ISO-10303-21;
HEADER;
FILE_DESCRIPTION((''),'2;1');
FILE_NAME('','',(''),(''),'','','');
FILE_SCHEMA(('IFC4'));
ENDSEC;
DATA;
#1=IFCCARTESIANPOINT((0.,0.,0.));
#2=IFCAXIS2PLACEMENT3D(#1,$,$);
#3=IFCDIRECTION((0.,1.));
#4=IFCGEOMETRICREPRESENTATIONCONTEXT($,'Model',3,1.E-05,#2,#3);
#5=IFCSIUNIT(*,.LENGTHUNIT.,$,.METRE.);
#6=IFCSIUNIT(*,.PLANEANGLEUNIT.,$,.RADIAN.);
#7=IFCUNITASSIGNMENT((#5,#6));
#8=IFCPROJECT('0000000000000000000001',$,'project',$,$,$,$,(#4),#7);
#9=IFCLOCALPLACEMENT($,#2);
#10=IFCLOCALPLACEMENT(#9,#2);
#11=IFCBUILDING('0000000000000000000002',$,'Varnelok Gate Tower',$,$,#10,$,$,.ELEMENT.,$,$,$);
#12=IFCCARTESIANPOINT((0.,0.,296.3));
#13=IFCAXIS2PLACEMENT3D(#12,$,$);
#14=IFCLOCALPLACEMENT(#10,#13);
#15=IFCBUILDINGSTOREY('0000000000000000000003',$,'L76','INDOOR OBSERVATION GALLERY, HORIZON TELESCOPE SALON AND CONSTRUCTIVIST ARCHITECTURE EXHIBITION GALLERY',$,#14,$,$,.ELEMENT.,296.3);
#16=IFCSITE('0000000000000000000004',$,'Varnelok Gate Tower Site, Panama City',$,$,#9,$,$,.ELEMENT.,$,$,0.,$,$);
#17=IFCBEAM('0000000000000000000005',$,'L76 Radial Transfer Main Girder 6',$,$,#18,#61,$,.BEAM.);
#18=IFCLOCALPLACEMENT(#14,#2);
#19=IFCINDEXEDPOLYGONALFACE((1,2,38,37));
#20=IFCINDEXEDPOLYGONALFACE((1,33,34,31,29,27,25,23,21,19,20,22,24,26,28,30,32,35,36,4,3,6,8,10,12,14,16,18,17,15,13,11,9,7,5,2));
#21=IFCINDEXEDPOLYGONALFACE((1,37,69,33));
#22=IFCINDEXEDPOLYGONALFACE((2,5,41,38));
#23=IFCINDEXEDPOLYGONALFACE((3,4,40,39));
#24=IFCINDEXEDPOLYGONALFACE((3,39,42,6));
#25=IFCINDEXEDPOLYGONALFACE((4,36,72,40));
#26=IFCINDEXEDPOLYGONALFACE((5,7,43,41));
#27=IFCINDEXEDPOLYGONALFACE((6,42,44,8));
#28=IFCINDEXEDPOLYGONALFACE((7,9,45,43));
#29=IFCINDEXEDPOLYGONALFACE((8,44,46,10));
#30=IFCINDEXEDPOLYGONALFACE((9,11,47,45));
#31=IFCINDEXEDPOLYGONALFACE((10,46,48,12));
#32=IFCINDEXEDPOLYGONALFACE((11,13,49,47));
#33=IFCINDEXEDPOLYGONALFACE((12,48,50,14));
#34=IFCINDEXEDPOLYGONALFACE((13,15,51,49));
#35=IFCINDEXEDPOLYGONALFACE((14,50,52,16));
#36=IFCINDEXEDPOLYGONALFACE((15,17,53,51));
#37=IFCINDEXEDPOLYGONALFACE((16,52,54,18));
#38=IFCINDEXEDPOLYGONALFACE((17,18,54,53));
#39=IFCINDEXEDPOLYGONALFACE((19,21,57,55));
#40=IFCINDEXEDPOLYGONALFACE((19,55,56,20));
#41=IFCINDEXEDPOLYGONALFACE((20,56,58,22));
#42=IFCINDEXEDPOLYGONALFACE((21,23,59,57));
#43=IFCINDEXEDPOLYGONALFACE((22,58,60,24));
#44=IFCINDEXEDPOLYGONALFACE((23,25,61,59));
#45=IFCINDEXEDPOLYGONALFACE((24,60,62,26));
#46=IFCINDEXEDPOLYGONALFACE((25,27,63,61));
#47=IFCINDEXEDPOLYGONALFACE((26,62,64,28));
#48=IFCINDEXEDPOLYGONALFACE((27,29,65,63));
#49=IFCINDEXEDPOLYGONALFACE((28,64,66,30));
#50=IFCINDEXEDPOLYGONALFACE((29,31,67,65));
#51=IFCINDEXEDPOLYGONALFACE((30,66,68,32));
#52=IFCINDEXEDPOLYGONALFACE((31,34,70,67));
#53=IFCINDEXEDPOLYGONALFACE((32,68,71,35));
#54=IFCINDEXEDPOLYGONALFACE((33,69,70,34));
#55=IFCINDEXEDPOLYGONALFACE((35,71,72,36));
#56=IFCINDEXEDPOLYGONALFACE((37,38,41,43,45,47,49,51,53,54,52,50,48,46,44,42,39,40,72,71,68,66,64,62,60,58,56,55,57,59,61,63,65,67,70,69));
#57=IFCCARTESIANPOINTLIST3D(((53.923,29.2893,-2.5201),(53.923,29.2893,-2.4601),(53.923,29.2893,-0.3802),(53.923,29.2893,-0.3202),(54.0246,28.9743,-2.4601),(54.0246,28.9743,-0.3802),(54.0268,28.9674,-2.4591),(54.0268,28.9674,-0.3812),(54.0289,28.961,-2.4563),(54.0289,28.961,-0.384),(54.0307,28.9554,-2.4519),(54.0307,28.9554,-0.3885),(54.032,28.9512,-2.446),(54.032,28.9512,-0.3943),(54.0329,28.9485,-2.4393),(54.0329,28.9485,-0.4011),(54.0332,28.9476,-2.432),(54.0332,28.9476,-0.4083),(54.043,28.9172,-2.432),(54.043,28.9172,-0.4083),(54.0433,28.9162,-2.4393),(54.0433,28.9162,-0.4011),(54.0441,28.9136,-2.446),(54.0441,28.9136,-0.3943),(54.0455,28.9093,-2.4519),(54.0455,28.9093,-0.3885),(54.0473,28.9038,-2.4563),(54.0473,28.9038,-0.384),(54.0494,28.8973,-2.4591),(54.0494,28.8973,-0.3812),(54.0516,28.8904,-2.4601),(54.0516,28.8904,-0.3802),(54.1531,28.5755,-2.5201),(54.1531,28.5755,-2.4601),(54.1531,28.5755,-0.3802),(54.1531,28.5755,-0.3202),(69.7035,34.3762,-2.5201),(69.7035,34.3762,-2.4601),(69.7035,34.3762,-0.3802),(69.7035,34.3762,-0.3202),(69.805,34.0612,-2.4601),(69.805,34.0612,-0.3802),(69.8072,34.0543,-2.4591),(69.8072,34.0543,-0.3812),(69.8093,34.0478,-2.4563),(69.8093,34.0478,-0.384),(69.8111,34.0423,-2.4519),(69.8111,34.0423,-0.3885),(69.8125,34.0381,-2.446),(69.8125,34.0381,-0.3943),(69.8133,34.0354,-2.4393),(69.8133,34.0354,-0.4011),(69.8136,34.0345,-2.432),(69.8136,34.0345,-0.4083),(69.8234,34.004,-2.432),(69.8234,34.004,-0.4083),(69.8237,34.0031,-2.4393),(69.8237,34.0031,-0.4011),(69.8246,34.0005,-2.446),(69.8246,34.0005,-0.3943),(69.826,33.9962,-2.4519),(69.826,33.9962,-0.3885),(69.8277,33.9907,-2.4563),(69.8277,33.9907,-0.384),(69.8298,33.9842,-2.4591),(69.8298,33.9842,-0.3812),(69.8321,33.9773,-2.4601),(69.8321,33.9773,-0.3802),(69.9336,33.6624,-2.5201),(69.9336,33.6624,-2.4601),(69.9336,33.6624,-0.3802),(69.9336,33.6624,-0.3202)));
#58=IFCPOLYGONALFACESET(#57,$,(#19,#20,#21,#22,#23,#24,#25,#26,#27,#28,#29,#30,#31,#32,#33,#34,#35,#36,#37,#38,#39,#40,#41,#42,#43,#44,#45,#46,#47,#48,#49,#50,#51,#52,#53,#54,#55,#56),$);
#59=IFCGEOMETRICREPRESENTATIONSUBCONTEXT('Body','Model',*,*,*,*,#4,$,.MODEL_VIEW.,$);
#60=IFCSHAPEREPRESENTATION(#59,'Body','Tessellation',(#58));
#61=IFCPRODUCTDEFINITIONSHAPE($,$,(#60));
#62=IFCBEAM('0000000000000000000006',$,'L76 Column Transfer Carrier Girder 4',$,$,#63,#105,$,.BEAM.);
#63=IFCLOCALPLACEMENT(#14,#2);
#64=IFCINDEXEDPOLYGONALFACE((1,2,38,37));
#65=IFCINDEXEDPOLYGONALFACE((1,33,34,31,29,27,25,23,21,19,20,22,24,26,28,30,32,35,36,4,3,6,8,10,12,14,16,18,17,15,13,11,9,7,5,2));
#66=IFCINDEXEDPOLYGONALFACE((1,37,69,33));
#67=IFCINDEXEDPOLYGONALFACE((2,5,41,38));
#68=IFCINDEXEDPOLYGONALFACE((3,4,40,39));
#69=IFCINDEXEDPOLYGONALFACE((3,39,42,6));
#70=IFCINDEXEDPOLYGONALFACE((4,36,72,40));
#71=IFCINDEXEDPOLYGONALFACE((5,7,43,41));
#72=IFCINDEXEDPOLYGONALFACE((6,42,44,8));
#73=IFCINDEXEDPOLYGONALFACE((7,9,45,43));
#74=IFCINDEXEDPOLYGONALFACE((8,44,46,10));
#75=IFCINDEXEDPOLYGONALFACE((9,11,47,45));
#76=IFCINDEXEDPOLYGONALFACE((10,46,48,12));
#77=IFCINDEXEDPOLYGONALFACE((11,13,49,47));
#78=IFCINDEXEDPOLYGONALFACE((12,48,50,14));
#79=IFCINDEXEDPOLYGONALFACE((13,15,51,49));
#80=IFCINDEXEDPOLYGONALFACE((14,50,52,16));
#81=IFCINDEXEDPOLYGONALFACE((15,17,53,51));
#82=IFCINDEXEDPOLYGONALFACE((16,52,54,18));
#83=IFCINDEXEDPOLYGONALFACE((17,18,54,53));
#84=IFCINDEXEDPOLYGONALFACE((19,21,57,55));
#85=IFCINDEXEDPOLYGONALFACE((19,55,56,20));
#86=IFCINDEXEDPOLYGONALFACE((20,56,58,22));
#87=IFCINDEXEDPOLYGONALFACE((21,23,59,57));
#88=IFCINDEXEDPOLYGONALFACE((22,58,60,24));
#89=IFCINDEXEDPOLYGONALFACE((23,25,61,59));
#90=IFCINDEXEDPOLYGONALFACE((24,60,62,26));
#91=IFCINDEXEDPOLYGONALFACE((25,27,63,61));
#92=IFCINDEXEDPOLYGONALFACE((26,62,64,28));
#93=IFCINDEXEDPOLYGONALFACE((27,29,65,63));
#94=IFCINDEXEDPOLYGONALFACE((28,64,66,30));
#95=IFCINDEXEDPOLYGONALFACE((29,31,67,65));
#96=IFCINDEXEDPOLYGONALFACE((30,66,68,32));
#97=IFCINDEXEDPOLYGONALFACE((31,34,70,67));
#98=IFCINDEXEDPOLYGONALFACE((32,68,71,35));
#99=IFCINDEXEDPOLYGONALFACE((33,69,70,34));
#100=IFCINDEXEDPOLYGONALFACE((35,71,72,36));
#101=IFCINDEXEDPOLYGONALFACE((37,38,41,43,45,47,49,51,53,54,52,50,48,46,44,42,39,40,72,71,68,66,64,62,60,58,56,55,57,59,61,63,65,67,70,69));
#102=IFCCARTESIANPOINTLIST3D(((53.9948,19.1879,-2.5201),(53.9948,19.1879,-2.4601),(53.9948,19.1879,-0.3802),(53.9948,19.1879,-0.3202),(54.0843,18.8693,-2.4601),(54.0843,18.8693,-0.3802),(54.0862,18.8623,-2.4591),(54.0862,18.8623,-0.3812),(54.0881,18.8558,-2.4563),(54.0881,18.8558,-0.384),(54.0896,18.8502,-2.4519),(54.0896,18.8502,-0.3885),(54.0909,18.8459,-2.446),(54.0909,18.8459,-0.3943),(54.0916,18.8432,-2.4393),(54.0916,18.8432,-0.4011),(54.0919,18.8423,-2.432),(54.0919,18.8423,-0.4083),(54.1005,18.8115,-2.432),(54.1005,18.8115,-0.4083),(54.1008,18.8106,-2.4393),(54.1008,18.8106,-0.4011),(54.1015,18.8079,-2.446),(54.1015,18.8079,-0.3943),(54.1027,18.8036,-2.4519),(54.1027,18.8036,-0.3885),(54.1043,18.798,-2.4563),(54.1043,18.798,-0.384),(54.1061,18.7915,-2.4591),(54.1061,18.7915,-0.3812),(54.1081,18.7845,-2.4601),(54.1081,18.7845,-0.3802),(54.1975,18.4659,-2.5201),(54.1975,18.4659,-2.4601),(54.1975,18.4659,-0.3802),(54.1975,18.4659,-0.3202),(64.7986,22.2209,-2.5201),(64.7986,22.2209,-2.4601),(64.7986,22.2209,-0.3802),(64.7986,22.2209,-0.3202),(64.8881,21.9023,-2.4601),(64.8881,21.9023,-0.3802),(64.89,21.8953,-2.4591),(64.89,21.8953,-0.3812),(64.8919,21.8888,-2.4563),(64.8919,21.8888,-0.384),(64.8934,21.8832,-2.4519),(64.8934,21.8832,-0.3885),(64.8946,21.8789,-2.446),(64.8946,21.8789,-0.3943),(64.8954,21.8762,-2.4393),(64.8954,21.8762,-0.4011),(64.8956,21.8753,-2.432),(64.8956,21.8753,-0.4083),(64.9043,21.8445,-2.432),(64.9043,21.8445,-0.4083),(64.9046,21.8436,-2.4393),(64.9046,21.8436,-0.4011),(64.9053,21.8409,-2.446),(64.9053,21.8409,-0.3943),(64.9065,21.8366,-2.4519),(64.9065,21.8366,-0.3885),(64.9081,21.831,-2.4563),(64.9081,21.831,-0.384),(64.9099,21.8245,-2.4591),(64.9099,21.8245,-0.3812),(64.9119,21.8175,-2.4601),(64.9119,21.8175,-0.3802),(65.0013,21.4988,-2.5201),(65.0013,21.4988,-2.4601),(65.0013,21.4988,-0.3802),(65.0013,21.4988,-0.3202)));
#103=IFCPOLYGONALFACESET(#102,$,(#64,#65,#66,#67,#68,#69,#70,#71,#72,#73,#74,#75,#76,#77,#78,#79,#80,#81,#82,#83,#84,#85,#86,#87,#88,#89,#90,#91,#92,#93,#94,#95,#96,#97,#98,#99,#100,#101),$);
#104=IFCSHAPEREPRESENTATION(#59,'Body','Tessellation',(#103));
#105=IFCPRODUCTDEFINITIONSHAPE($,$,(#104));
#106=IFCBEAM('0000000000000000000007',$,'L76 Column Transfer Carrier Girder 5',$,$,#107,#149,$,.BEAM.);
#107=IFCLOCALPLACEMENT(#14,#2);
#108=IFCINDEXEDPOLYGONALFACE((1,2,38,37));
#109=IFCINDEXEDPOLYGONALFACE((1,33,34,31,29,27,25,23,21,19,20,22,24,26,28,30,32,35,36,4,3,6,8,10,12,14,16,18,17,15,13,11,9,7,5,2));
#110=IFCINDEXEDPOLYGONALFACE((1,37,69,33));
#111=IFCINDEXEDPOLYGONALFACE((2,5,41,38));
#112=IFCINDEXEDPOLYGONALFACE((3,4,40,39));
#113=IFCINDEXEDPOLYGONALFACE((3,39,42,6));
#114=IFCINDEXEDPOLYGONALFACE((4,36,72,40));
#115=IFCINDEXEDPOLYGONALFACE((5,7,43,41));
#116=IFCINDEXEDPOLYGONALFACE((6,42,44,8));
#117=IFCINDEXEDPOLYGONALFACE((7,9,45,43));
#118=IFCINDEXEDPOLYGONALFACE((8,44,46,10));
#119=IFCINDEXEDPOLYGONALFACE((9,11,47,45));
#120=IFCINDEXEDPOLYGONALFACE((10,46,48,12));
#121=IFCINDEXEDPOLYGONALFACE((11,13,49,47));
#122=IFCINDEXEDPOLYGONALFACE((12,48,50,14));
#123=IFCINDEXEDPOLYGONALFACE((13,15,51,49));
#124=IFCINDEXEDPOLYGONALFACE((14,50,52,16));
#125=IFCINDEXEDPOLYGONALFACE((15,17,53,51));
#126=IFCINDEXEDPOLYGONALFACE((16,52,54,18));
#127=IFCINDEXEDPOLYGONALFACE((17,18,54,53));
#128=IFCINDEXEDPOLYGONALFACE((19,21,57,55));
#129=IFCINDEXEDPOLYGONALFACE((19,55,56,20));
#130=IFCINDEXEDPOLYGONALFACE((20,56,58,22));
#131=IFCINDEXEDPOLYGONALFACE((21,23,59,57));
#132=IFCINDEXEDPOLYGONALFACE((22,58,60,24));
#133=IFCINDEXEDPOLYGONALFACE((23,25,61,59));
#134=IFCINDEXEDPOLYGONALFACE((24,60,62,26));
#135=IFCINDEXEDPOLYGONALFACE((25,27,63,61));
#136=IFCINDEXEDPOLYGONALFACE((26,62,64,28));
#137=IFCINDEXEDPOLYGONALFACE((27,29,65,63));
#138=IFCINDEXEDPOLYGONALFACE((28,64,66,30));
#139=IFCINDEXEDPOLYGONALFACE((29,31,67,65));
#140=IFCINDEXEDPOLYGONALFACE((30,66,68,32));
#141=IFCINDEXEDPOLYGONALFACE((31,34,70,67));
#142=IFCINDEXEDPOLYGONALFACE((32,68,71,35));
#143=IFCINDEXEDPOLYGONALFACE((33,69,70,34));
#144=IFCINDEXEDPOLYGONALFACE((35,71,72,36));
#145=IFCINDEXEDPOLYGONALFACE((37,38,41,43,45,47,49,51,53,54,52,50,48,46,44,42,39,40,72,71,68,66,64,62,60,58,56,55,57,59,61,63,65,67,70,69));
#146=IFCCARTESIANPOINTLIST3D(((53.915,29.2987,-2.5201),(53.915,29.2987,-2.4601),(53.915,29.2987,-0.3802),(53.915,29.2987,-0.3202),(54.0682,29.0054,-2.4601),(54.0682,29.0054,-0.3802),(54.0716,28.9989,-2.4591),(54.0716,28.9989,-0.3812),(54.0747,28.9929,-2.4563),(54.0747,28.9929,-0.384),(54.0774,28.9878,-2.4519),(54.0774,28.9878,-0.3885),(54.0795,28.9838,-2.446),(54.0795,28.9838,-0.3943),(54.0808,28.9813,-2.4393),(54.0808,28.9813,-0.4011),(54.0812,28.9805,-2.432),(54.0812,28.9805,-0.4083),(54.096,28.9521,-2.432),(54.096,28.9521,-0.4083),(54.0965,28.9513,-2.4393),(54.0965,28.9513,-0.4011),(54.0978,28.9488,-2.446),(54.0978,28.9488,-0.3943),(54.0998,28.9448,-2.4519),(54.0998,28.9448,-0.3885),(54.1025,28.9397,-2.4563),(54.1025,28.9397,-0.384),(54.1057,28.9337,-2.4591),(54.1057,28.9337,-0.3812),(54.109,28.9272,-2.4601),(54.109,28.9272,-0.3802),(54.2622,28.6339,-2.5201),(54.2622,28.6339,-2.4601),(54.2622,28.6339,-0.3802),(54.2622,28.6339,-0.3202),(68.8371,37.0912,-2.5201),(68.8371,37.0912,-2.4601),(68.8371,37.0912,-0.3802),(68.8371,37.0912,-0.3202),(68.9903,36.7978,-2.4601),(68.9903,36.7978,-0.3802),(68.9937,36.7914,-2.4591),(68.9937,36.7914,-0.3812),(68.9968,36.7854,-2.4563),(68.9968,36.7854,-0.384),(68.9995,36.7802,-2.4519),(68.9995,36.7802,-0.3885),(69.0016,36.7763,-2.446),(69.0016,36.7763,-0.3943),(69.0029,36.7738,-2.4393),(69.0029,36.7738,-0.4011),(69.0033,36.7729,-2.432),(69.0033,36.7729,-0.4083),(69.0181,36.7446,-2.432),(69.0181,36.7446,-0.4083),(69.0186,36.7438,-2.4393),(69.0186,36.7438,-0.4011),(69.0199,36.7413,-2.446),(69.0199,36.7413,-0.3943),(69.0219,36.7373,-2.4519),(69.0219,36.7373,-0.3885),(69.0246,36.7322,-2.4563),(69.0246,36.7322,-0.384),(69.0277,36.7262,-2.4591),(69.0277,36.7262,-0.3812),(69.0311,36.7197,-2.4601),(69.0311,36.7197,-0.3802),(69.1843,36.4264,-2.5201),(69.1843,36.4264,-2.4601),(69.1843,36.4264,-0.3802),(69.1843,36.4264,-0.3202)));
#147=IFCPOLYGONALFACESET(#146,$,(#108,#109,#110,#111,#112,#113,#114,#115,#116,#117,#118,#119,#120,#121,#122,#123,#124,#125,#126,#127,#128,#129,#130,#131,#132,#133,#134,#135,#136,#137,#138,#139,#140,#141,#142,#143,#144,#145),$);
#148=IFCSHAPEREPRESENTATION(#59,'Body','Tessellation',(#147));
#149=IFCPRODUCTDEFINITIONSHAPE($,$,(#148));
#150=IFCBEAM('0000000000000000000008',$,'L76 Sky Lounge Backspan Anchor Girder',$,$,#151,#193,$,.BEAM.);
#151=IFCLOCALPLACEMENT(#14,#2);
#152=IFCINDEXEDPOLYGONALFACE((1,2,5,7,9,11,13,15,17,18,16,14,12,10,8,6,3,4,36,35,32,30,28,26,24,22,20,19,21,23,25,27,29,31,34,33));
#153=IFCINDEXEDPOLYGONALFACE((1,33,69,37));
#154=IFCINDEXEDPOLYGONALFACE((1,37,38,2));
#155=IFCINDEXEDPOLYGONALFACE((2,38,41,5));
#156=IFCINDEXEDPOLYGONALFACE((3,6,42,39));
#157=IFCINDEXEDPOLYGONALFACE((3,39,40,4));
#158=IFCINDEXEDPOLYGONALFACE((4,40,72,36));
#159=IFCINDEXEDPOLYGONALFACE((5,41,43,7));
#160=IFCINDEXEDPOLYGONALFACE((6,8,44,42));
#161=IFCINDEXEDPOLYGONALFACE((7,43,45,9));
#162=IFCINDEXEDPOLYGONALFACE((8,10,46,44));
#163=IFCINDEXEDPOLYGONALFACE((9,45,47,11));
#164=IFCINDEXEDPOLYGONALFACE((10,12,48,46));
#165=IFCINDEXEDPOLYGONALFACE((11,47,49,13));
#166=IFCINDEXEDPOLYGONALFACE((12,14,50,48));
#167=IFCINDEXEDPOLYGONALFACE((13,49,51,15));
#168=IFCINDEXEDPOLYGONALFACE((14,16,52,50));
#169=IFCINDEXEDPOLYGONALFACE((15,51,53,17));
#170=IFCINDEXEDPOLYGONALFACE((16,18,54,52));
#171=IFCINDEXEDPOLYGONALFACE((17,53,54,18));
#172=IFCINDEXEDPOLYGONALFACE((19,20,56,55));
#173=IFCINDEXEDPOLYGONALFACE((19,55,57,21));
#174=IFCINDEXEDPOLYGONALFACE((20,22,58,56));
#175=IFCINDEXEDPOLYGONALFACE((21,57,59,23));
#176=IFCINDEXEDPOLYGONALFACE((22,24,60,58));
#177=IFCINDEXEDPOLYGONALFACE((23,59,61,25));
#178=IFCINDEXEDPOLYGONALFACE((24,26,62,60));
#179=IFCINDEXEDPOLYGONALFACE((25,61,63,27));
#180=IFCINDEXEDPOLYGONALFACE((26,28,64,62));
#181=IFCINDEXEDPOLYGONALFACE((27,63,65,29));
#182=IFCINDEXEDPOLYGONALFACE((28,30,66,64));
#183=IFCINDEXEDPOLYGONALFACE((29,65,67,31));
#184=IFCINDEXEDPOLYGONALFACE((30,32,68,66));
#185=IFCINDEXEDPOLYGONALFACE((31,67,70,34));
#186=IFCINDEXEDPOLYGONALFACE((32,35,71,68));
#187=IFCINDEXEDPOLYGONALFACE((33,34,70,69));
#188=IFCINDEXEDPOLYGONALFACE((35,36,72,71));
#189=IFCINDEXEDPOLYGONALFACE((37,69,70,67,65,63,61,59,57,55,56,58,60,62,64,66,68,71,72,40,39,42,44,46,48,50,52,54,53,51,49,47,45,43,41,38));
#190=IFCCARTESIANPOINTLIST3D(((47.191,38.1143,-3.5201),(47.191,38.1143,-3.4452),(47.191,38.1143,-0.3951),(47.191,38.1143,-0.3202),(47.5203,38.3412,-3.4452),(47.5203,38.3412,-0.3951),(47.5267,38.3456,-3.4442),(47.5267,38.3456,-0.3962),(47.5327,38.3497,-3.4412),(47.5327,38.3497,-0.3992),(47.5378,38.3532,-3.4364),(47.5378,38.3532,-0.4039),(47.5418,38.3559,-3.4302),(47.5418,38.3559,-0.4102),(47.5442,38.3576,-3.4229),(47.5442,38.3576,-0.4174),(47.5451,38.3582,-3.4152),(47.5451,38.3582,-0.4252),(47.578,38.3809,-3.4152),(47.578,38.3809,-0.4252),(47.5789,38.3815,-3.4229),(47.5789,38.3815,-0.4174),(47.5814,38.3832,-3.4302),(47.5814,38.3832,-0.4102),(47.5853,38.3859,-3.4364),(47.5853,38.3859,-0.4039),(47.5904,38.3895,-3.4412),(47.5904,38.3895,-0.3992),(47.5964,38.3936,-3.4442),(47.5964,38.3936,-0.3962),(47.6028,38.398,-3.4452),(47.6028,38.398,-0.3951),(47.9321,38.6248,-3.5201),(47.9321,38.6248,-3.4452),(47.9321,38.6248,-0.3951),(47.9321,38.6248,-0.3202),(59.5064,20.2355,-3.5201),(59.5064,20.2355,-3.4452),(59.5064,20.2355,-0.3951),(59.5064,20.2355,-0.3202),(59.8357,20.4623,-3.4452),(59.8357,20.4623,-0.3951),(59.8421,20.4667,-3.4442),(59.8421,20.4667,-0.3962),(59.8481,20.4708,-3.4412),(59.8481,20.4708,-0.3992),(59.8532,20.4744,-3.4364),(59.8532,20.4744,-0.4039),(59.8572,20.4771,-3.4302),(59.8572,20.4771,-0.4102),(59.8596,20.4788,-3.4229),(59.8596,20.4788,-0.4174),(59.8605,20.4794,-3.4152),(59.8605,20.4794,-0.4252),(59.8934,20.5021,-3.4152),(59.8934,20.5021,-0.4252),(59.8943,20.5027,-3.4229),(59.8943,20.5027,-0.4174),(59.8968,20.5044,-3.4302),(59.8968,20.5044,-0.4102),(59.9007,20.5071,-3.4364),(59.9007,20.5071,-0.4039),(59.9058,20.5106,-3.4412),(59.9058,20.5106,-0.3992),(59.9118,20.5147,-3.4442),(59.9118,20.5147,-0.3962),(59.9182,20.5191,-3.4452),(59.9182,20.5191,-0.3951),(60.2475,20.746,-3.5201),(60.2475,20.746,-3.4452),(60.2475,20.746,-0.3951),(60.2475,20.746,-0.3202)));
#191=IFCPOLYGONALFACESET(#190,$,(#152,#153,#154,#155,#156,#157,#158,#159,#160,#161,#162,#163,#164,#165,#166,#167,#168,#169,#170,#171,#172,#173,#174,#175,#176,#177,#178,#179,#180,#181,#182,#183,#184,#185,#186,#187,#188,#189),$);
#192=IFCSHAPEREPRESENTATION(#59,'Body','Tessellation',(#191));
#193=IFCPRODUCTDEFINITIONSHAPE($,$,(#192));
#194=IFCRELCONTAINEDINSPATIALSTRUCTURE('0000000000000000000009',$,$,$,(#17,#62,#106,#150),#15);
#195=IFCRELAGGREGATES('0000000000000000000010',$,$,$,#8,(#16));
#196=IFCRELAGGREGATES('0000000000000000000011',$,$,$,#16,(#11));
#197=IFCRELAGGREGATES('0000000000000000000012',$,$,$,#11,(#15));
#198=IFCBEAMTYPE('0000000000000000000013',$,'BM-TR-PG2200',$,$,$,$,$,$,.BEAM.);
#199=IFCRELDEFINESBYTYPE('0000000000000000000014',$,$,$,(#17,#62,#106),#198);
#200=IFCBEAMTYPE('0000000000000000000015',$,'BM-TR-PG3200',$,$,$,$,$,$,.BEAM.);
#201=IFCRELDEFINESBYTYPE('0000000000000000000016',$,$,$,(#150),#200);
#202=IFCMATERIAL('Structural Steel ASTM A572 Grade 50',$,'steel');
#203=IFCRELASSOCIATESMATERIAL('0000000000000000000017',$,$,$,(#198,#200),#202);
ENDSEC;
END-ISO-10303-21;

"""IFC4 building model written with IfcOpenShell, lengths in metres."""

from ifc_helpers import new_model, si_unit, direction, frame, origin, origin_2d, place, context, subcontext, project, spatial, i_section, extrude, material, material_profile, profile_set, type_object, element, save


model = new_model("IFC4")

# Units and contexts
model_context = context("Model", 3, precision=1e-05, world=origin(), true_north=direction((0.0, 1.0)))
body_context = subcontext(model_context, "Body", "Model", "MODEL_VIEW")
ifc_project = project(units=[si_unit("LENGTHUNIT", "METRE"), si_unit("PLANEANGLEUNIT", "RADIAN")], contexts=[model_context])

# Site, building, storey
site_placement = place(None, origin())
site = spatial("IfcSite", under=ifc_project, at=site_placement, Name="Varnelok Gate Tower Site, Panama City", CompositionType="ELEMENT", RefElevation=0.0)
building_placement = place(site_placement, origin())
building = spatial("IfcBuilding", under=site, at=building_placement, Name="Varnelok Gate Tower", CompositionType="ELEMENT")
storey_placement = place(building_placement, frame((0.0, 0.0, 296.3)))
storey = spatial("IfcBuildingStorey", under=building, at=storey_placement, Name="L76", Description="INDOOR OBSERVATION GALLERY, HORIZON TELESCOPE SALON AND CONSTRUCTIVIST ARCHITECTURE EXHIBITION GALLERY", CompositionType="ELEMENT", Elevation=296.3)

# Beams
ifc_material_1 = material(Name="Structural Steel ASTM A572 Grade 50", Category="steel")
ifc_material_profile_1 = material_profile(ifc_material_1, i_section(OverallWidth=0.75, OverallDepth=2.2, WebThickness=0.032, FlangeThickness=0.0601, FilletRadius=0.0281, at=origin_2d()), Name="PG2200X750")
ifc_profile_set_1 = profile_set([ifc_material_profile_1], Name="Structural Steel ASTM A572 Grade 50")
beam_type_1 = type_object("IfcBeamType", Name="BM-TR-PG2200", PredefinedType="BEAM", material=ifc_profile_set_1)
beam_1_placement = place(storey_placement, frame((54.0381, 28.9324, -1.4202), z_axis=(0.951772, 0.306807, 0.0), x_axis=(-0.306807, 0.951772, 0.0)))
element("IfcBeam", 1, at=beam_1_placement, inside=storey, type_object=beam_type_1, Name="L76 Radial Transfer Main Girder 6", PredefinedType="BEAM", context=body_context, shape_type="SweptSolid", body=[
    extrude(i_section(OverallWidth=0.75, OverallDepth=2.2, WebThickness=0.032, FlangeThickness=0.0601, FilletRadius=0.0281, at=origin_2d()), origin(), (0.0, 0.0, 1.0), 16.5801),
])
beam_2_placement = place(storey_placement, frame((54.0962, 18.8269, -1.4202), z_axis=(0.962781, 0.270284, 0.0), x_axis=(-0.270284, 0.962781, 0.0)))
element("IfcBeam", 2, at=beam_2_placement, inside=storey, type_object=beam_type_1, Name="L76 Column Transfer Carrier Girder 4", PredefinedType="BEAM", context=body_context, shape_type="SweptSolid", body=[
    extrude(i_section(OverallWidth=0.75, OverallDepth=2.2, WebThickness=0.032, FlangeThickness=0.0601, FilletRadius=0.0281, at=origin_2d()), origin(), (0.0, 0.0, 1.0), 11.2214),
])
beam_3_placement = place(storey_placement, frame((54.0886, 28.9663, -1.4202), z_axis=(0.886414, 0.462894, 0.0), x_axis=(-0.462894, 0.886414, 0.0)))
element("IfcBeam", 3, at=beam_3_placement, inside=storey, type_object=beam_type_1, Name="L76 Column Transfer Carrier Girder 5", PredefinedType="BEAM", context=body_context, shape_type="SweptSolid", body=[
    extrude(i_section(OverallWidth=0.75, OverallDepth=2.2, WebThickness=0.032, FlangeThickness=0.0601, FilletRadius=0.0281, at=origin_2d()), origin(), (0.0, 0.0, 1.0), 16.8342),
])
ifc_material_profile_2 = material_profile(ifc_material_1, i_section(OverallWidth=0.8999, OverallDepth=3.2, WebThickness=0.04, FlangeThickness=0.075, FilletRadius=0.03, at=origin_2d()), Name="PG3200X900")
ifc_profile_set_2 = profile_set([ifc_material_profile_2], Name="Structural Steel ASTM A572 Grade 50")
beam_type_2 = type_object("IfcBeamType", Name="BM-TR-PG3200", PredefinedType="BEAM", material=ifc_profile_set_2)
beam_4_placement = place(storey_placement, frame((59.877, 20.4907, -1.9202), z_axis=(-0.567269, 0.823532, 0.0), x_axis=(-0.823532, -0.567269, 0.0)))
element("IfcBeam", 4, at=beam_4_placement, inside=storey, type_object=beam_type_2, Name="L76 Sky Lounge Backspan Anchor Girder", PredefinedType="BEAM", context=body_context, shape_type="SweptSolid", body=[
    extrude(i_section(OverallWidth=0.8999, OverallDepth=3.2, WebThickness=0.04, FlangeThickness=0.075, FilletRadius=0.03, at=origin_2d()), origin(), (0.0, 0.0, 1.0), 21.71),
])

save(model, "model.ifc")
